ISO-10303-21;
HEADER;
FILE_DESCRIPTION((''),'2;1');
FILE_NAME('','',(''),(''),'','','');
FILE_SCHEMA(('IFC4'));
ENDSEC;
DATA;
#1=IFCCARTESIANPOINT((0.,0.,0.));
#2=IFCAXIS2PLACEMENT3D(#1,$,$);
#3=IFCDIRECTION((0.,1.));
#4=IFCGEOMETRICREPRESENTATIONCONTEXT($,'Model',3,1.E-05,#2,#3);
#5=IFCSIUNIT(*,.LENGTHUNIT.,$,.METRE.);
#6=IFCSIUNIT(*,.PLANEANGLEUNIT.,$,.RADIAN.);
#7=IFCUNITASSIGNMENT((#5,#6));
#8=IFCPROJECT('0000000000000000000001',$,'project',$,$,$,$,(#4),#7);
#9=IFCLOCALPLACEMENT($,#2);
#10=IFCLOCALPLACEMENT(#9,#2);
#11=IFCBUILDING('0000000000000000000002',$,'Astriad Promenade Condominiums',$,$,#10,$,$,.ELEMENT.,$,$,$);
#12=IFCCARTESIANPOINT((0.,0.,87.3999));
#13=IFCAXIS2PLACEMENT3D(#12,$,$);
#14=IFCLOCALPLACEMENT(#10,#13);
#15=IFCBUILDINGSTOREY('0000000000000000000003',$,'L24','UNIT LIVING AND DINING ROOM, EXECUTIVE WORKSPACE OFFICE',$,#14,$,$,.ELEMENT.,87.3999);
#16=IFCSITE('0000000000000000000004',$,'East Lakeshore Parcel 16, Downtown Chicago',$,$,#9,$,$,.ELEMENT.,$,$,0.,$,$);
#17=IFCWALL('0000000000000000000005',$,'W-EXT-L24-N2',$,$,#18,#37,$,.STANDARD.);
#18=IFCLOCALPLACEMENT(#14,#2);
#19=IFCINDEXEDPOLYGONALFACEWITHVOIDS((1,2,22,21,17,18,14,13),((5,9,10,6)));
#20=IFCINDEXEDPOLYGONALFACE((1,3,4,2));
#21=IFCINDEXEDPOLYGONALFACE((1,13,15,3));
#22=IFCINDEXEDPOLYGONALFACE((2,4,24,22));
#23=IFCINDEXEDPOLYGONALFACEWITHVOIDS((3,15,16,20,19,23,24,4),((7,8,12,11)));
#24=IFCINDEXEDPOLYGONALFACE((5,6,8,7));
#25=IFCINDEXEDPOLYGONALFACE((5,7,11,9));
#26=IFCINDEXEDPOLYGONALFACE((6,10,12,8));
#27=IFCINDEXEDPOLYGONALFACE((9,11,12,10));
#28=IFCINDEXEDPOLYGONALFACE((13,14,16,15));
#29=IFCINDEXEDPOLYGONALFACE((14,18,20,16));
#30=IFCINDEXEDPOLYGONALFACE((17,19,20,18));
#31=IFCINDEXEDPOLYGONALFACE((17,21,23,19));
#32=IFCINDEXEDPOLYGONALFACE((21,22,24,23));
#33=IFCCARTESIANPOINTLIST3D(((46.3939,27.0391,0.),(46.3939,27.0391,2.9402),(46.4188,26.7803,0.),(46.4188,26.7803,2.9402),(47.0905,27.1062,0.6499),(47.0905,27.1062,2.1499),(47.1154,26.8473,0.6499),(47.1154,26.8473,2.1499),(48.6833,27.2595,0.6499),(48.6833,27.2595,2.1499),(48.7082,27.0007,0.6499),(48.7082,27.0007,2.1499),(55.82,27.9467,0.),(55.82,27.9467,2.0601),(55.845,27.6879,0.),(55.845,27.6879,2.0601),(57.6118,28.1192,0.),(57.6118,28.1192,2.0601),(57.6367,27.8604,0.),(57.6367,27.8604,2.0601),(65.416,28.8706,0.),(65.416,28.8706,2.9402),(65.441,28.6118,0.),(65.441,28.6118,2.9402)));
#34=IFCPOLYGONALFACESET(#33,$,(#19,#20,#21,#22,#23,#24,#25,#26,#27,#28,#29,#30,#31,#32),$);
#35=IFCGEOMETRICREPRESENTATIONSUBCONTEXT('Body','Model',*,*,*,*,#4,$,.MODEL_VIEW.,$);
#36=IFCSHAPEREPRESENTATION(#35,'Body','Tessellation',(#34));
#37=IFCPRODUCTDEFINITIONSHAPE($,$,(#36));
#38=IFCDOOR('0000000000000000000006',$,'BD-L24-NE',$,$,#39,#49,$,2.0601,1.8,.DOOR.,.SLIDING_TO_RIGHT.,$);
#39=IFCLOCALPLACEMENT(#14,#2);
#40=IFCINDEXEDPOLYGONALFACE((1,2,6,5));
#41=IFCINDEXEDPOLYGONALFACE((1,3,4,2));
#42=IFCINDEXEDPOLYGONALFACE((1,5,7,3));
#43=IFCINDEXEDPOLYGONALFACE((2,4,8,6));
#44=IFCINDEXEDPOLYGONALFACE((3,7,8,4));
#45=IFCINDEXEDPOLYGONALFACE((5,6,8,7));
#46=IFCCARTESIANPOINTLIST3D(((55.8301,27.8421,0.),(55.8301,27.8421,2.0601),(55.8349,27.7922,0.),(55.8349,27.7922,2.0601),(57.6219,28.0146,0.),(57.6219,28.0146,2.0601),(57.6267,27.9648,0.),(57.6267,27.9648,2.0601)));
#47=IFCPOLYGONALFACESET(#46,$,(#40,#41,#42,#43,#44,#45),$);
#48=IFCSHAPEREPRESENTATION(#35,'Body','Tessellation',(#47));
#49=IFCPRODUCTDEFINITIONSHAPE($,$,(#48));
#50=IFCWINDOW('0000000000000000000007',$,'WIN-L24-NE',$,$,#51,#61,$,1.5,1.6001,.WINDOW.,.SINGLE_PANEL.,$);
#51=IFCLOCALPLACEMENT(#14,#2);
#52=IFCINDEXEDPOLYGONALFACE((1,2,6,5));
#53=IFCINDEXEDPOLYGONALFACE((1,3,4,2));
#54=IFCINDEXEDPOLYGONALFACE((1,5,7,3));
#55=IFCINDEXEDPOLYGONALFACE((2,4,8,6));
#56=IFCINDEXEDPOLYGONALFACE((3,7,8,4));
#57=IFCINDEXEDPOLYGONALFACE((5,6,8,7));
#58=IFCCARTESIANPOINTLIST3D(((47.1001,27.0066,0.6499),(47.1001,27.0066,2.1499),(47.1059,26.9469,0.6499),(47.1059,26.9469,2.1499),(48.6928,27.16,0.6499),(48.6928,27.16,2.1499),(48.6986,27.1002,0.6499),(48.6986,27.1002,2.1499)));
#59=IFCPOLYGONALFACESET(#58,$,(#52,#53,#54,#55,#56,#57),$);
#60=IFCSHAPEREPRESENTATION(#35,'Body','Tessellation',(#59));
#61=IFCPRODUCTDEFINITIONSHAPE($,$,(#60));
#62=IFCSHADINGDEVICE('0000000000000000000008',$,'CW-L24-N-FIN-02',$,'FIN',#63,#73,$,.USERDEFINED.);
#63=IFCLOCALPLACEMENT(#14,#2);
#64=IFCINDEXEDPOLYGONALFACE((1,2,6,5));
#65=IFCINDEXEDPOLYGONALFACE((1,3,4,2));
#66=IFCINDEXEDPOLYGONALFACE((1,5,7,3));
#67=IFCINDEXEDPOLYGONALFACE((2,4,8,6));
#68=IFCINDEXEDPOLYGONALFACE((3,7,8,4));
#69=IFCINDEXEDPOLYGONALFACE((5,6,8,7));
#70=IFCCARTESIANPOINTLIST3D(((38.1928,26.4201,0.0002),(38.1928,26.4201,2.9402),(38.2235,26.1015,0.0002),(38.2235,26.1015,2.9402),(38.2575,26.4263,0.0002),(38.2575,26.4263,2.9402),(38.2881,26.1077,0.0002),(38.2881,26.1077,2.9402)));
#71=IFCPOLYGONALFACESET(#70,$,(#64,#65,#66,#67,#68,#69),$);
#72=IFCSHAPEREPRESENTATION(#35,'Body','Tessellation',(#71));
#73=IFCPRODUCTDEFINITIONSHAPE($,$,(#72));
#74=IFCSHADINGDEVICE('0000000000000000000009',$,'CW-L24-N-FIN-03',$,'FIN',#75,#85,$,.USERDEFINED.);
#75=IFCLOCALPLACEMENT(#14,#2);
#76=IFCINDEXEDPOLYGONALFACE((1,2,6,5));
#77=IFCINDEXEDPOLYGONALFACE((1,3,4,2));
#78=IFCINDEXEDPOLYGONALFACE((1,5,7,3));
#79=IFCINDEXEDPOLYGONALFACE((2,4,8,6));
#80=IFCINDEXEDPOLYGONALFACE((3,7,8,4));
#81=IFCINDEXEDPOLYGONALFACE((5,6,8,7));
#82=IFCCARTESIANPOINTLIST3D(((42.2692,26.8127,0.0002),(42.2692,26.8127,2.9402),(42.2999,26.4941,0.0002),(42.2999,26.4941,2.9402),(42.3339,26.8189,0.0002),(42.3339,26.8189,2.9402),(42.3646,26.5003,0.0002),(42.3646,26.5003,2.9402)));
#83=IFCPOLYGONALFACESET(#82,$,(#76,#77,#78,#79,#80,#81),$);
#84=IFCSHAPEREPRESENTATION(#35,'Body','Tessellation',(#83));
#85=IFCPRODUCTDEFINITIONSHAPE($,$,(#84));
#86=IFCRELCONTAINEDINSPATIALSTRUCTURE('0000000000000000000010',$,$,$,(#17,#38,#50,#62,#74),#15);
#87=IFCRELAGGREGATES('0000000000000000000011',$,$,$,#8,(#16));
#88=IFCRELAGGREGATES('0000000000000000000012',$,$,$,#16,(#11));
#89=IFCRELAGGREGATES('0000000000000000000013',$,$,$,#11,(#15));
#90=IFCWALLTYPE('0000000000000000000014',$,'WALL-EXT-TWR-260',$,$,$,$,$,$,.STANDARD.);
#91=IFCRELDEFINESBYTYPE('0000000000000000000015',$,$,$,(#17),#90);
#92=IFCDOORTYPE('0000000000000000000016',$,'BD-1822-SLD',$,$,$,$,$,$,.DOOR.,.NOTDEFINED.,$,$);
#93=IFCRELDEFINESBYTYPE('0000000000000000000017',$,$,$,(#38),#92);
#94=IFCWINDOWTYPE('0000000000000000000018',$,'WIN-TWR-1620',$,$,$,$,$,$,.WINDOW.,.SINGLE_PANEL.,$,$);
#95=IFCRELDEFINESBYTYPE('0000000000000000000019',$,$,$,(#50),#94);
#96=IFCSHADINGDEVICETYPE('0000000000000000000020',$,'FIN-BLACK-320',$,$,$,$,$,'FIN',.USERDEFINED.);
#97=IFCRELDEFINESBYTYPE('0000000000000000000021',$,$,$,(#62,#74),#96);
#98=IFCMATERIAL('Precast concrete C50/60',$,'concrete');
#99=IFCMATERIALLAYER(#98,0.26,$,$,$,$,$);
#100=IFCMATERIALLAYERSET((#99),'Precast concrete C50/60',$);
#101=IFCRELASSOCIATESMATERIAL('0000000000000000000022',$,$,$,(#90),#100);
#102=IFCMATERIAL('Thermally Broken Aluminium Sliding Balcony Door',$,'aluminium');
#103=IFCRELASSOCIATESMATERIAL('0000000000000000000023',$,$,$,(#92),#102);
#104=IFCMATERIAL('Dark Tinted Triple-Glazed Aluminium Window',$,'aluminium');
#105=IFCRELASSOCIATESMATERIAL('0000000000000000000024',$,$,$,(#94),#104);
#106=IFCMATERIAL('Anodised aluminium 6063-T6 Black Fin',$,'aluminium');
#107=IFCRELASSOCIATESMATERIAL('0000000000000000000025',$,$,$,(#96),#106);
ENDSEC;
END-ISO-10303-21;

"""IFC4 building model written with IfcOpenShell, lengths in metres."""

from ifc_helpers import new_model, si_unit, direction, frame, frame_2d, origin, origin_2d, place, context, subcontext, project, spatial, rectangle, extrude, source, transform, mapped, material, layer, layer_set, type_object, type_shapes, element, fill, save


model = new_model("IFC4")

# Units and contexts
model_context = context("Model", 3, precision=1e-05, world=origin(), true_north=direction((0.0, 1.0)))
body_context = subcontext(model_context, "Body", "Model", "MODEL_VIEW")
ifc_project = project(units=[si_unit("LENGTHUNIT", "METRE"), si_unit("PLANEANGLEUNIT", "RADIAN")], contexts=[model_context])

# Site, building, storey
site_placement = place(None, origin())
site = spatial("IfcSite", under=ifc_project, at=site_placement, Name="East Lakeshore Parcel 16, Downtown Chicago", CompositionType="ELEMENT", RefElevation=0.0)
building_placement = place(site_placement, origin())
building = spatial("IfcBuilding", under=site, at=building_placement, Name="Astriad Promenade Condominiums", CompositionType="ELEMENT")
storey_placement = place(building_placement, frame((0.0, 0.0, 87.3999)))
storey = spatial("IfcBuildingStorey", under=building, at=storey_placement, Name="L24", Description="UNIT LIVING AND DINING ROOM, EXECUTIVE WORKSPACE OFFICE", CompositionType="ELEMENT", Elevation=87.3999)

# Wall, openings, door, window
ifc_material_1 = material(Name="Precast concrete C50/60", Category="concrete")
ifc_layer_1 = layer(ifc_material_1, 0.26)
ifc_layer_set_1 = layer_set([ifc_layer_1], Name="Precast concrete C50/60")
wall_type = type_object("IfcWallType", Name="WALL-EXT-TWR-260", PredefinedType="STANDARD", material=ifc_layer_set_1)
wall_placement = place(storey_placement, frame((46.4062, 26.9097, 0.0), z_axis=(0.0, 0.0, 1.0), x_axis=(0.995397, 0.095841, 0.0)))
wall = element("IfcWall", 1, at=wall_placement, inside=storey, type_object=wall_type, Name="W-EXT-L24-N2", PredefinedType="STANDARD", context=body_context, shape_type="SweptSolid", body=[
    extrude(rectangle(XDim=19.1101, YDim=0.26, at=frame_2d((9.5552, 0.0))), origin(), (0.0, 0.0, 1.0), 2.9402),
])
opening_1_placement = place(wall_placement, frame((9.47, 0.0, 0.0)))
opening_1 = element("IfcOpeningElement", 2, at=opening_1_placement, cuts=wall, PredefinedType="OPENING", context=body_context, shape_type="SweptSolid", body=[
    extrude(rectangle(XDim=1.8, YDim=2.0601, at=frame_2d((0.8999, 1.03))), frame((0.0, 0.1399, 0.0), z_axis=(0.0, -1.0, 0.0), x_axis=(1.0, 0.0, 0.0)), (0.0, 0.0, 1.0), 0.28),
])
opening_2_placement = place(wall_placement, frame((0.7, 0.0, 0.6499)))
opening_2 = element("IfcOpeningElement", 3, at=opening_2_placement, cuts=wall, PredefinedType="OPENING", context=body_context, shape_type="SweptSolid", body=[
    extrude(rectangle(XDim=1.6001, YDim=1.5, at=frame_2d((0.8, 0.75))), frame((0.0, 0.1399, 0.0), z_axis=(0.0, -1.0, 0.0), x_axis=(1.0, 0.0, 0.0)), (0.0, 0.0, 1.0), 0.28),
])
ifc_material_2 = material(Name="Thermally Broken Aluminium Sliding Balcony Door", Category="aluminium")
door_type = type_object("IfcDoorType", Name="BD-1822-SLD", OperationType="NOTDEFINED", PredefinedType="DOOR", material=ifc_material_2)
shared_shape_1 = source(origin(), body_context, "Body", "SweptSolid", [
    extrude(rectangle(XDim=1.8, YDim=2.0601, at=frame_2d((0.8999, 1.03))), frame((0.0, 0.0249, 0.0), z_axis=(0.0, -1.0, 0.0), x_axis=(1.0, 0.0, 0.0)), (0.0, 0.0, 1.0), 0.05),
])
type_shapes(door_type, [shared_shape_1])
door_placement = place(opening_1_placement, origin())
door = element("IfcDoor", 4, at=door_placement, inside=storey, type_object=door_type, Name="BD-L24-NE", OperationType="SLIDING_TO_RIGHT", OverallHeight=2.0601, OverallWidth=1.8, PredefinedType="DOOR", context=body_context, shape_type="MappedRepresentation", body=[
    mapped(shared_shape_1, transform((0.0, 0.0, 0.0), scale=1.0)),
])
fill(opening_1, door)
ifc_material_3 = material(Name="Dark Tinted Triple-Glazed Aluminium Window", Category="aluminium")
window_type = type_object("IfcWindowType", Name="WIN-TWR-1620", PartitioningType="SINGLE_PANEL", PredefinedType="WINDOW", material=ifc_material_3)
shared_shape_2 = source(origin(), body_context, "Body", "SweptSolid", [
    extrude(rectangle(XDim=1.6001, YDim=1.5, at=frame_2d((0.8, 0.75))), frame((0.0, 0.03, 0.0), z_axis=(0.0, -1.0, 0.0), x_axis=(1.0, 0.0, 0.0)), (0.0, 0.0, 1.0), 0.0601),
])
type_shapes(window_type, [shared_shape_2])
window_placement = place(opening_2_placement, origin())
window = element("IfcWindow", 5, at=window_placement, inside=storey, type_object=window_type, Name="WIN-L24-NE", OverallHeight=1.5, OverallWidth=1.6001, PartitioningType="SINGLE_PANEL", PredefinedType="WINDOW", context=body_context, shape_type="MappedRepresentation", body=[
    mapped(shared_shape_2, transform((0.0, 0.0, 0.0), scale=1.0)),
])
fill(opening_2, window)

# Shading devices
ifc_material_4 = material(Name="Anodised aluminium 6063-T6 Black Fin", Category="aluminium")
shading_device_type = type_object("IfcShadingDeviceType", Name="FIN-BLACK-320", ElementType="FIN", PredefinedType="USERDEFINED", material=ifc_material_4)
shared_shape_3 = source(origin(), body_context, "Body", "SweptSolid", [
    extrude(rectangle(XDim=0.0649, YDim=0.3201, at=origin_2d()), origin(), (0.0, 0.0, 1.0), 2.9399),
])
type_shapes(shading_device_type, [shared_shape_3])
for number, where, z_axis, x_axis, name in (
    (6, (38.2405, 26.2639, 0.0002), (0.0, 0.0, 1.0), (0.995396, 0.095846, 0.0), "CW-L24-N-FIN-02"),
    (7, (42.3169, 26.6565, 0.0002), (0.0, 0.0, 1.0), (0.995396, 0.095846, 0.0), "CW-L24-N-FIN-03"),
):
    element("IfcShadingDevice", number, at=place(storey_placement, frame(where, z_axis=z_axis, x_axis=x_axis)), inside=storey, type_object=shading_device_type, Name=name, ObjectType="FIN", PredefinedType="USERDEFINED", context=body_context, shape_type="MappedRepresentation", body=[
        mapped(shared_shape_3, transform((0.0, 0.0, 0.0), scale=1.0)),
    ])

save(model, "model.ifc")
